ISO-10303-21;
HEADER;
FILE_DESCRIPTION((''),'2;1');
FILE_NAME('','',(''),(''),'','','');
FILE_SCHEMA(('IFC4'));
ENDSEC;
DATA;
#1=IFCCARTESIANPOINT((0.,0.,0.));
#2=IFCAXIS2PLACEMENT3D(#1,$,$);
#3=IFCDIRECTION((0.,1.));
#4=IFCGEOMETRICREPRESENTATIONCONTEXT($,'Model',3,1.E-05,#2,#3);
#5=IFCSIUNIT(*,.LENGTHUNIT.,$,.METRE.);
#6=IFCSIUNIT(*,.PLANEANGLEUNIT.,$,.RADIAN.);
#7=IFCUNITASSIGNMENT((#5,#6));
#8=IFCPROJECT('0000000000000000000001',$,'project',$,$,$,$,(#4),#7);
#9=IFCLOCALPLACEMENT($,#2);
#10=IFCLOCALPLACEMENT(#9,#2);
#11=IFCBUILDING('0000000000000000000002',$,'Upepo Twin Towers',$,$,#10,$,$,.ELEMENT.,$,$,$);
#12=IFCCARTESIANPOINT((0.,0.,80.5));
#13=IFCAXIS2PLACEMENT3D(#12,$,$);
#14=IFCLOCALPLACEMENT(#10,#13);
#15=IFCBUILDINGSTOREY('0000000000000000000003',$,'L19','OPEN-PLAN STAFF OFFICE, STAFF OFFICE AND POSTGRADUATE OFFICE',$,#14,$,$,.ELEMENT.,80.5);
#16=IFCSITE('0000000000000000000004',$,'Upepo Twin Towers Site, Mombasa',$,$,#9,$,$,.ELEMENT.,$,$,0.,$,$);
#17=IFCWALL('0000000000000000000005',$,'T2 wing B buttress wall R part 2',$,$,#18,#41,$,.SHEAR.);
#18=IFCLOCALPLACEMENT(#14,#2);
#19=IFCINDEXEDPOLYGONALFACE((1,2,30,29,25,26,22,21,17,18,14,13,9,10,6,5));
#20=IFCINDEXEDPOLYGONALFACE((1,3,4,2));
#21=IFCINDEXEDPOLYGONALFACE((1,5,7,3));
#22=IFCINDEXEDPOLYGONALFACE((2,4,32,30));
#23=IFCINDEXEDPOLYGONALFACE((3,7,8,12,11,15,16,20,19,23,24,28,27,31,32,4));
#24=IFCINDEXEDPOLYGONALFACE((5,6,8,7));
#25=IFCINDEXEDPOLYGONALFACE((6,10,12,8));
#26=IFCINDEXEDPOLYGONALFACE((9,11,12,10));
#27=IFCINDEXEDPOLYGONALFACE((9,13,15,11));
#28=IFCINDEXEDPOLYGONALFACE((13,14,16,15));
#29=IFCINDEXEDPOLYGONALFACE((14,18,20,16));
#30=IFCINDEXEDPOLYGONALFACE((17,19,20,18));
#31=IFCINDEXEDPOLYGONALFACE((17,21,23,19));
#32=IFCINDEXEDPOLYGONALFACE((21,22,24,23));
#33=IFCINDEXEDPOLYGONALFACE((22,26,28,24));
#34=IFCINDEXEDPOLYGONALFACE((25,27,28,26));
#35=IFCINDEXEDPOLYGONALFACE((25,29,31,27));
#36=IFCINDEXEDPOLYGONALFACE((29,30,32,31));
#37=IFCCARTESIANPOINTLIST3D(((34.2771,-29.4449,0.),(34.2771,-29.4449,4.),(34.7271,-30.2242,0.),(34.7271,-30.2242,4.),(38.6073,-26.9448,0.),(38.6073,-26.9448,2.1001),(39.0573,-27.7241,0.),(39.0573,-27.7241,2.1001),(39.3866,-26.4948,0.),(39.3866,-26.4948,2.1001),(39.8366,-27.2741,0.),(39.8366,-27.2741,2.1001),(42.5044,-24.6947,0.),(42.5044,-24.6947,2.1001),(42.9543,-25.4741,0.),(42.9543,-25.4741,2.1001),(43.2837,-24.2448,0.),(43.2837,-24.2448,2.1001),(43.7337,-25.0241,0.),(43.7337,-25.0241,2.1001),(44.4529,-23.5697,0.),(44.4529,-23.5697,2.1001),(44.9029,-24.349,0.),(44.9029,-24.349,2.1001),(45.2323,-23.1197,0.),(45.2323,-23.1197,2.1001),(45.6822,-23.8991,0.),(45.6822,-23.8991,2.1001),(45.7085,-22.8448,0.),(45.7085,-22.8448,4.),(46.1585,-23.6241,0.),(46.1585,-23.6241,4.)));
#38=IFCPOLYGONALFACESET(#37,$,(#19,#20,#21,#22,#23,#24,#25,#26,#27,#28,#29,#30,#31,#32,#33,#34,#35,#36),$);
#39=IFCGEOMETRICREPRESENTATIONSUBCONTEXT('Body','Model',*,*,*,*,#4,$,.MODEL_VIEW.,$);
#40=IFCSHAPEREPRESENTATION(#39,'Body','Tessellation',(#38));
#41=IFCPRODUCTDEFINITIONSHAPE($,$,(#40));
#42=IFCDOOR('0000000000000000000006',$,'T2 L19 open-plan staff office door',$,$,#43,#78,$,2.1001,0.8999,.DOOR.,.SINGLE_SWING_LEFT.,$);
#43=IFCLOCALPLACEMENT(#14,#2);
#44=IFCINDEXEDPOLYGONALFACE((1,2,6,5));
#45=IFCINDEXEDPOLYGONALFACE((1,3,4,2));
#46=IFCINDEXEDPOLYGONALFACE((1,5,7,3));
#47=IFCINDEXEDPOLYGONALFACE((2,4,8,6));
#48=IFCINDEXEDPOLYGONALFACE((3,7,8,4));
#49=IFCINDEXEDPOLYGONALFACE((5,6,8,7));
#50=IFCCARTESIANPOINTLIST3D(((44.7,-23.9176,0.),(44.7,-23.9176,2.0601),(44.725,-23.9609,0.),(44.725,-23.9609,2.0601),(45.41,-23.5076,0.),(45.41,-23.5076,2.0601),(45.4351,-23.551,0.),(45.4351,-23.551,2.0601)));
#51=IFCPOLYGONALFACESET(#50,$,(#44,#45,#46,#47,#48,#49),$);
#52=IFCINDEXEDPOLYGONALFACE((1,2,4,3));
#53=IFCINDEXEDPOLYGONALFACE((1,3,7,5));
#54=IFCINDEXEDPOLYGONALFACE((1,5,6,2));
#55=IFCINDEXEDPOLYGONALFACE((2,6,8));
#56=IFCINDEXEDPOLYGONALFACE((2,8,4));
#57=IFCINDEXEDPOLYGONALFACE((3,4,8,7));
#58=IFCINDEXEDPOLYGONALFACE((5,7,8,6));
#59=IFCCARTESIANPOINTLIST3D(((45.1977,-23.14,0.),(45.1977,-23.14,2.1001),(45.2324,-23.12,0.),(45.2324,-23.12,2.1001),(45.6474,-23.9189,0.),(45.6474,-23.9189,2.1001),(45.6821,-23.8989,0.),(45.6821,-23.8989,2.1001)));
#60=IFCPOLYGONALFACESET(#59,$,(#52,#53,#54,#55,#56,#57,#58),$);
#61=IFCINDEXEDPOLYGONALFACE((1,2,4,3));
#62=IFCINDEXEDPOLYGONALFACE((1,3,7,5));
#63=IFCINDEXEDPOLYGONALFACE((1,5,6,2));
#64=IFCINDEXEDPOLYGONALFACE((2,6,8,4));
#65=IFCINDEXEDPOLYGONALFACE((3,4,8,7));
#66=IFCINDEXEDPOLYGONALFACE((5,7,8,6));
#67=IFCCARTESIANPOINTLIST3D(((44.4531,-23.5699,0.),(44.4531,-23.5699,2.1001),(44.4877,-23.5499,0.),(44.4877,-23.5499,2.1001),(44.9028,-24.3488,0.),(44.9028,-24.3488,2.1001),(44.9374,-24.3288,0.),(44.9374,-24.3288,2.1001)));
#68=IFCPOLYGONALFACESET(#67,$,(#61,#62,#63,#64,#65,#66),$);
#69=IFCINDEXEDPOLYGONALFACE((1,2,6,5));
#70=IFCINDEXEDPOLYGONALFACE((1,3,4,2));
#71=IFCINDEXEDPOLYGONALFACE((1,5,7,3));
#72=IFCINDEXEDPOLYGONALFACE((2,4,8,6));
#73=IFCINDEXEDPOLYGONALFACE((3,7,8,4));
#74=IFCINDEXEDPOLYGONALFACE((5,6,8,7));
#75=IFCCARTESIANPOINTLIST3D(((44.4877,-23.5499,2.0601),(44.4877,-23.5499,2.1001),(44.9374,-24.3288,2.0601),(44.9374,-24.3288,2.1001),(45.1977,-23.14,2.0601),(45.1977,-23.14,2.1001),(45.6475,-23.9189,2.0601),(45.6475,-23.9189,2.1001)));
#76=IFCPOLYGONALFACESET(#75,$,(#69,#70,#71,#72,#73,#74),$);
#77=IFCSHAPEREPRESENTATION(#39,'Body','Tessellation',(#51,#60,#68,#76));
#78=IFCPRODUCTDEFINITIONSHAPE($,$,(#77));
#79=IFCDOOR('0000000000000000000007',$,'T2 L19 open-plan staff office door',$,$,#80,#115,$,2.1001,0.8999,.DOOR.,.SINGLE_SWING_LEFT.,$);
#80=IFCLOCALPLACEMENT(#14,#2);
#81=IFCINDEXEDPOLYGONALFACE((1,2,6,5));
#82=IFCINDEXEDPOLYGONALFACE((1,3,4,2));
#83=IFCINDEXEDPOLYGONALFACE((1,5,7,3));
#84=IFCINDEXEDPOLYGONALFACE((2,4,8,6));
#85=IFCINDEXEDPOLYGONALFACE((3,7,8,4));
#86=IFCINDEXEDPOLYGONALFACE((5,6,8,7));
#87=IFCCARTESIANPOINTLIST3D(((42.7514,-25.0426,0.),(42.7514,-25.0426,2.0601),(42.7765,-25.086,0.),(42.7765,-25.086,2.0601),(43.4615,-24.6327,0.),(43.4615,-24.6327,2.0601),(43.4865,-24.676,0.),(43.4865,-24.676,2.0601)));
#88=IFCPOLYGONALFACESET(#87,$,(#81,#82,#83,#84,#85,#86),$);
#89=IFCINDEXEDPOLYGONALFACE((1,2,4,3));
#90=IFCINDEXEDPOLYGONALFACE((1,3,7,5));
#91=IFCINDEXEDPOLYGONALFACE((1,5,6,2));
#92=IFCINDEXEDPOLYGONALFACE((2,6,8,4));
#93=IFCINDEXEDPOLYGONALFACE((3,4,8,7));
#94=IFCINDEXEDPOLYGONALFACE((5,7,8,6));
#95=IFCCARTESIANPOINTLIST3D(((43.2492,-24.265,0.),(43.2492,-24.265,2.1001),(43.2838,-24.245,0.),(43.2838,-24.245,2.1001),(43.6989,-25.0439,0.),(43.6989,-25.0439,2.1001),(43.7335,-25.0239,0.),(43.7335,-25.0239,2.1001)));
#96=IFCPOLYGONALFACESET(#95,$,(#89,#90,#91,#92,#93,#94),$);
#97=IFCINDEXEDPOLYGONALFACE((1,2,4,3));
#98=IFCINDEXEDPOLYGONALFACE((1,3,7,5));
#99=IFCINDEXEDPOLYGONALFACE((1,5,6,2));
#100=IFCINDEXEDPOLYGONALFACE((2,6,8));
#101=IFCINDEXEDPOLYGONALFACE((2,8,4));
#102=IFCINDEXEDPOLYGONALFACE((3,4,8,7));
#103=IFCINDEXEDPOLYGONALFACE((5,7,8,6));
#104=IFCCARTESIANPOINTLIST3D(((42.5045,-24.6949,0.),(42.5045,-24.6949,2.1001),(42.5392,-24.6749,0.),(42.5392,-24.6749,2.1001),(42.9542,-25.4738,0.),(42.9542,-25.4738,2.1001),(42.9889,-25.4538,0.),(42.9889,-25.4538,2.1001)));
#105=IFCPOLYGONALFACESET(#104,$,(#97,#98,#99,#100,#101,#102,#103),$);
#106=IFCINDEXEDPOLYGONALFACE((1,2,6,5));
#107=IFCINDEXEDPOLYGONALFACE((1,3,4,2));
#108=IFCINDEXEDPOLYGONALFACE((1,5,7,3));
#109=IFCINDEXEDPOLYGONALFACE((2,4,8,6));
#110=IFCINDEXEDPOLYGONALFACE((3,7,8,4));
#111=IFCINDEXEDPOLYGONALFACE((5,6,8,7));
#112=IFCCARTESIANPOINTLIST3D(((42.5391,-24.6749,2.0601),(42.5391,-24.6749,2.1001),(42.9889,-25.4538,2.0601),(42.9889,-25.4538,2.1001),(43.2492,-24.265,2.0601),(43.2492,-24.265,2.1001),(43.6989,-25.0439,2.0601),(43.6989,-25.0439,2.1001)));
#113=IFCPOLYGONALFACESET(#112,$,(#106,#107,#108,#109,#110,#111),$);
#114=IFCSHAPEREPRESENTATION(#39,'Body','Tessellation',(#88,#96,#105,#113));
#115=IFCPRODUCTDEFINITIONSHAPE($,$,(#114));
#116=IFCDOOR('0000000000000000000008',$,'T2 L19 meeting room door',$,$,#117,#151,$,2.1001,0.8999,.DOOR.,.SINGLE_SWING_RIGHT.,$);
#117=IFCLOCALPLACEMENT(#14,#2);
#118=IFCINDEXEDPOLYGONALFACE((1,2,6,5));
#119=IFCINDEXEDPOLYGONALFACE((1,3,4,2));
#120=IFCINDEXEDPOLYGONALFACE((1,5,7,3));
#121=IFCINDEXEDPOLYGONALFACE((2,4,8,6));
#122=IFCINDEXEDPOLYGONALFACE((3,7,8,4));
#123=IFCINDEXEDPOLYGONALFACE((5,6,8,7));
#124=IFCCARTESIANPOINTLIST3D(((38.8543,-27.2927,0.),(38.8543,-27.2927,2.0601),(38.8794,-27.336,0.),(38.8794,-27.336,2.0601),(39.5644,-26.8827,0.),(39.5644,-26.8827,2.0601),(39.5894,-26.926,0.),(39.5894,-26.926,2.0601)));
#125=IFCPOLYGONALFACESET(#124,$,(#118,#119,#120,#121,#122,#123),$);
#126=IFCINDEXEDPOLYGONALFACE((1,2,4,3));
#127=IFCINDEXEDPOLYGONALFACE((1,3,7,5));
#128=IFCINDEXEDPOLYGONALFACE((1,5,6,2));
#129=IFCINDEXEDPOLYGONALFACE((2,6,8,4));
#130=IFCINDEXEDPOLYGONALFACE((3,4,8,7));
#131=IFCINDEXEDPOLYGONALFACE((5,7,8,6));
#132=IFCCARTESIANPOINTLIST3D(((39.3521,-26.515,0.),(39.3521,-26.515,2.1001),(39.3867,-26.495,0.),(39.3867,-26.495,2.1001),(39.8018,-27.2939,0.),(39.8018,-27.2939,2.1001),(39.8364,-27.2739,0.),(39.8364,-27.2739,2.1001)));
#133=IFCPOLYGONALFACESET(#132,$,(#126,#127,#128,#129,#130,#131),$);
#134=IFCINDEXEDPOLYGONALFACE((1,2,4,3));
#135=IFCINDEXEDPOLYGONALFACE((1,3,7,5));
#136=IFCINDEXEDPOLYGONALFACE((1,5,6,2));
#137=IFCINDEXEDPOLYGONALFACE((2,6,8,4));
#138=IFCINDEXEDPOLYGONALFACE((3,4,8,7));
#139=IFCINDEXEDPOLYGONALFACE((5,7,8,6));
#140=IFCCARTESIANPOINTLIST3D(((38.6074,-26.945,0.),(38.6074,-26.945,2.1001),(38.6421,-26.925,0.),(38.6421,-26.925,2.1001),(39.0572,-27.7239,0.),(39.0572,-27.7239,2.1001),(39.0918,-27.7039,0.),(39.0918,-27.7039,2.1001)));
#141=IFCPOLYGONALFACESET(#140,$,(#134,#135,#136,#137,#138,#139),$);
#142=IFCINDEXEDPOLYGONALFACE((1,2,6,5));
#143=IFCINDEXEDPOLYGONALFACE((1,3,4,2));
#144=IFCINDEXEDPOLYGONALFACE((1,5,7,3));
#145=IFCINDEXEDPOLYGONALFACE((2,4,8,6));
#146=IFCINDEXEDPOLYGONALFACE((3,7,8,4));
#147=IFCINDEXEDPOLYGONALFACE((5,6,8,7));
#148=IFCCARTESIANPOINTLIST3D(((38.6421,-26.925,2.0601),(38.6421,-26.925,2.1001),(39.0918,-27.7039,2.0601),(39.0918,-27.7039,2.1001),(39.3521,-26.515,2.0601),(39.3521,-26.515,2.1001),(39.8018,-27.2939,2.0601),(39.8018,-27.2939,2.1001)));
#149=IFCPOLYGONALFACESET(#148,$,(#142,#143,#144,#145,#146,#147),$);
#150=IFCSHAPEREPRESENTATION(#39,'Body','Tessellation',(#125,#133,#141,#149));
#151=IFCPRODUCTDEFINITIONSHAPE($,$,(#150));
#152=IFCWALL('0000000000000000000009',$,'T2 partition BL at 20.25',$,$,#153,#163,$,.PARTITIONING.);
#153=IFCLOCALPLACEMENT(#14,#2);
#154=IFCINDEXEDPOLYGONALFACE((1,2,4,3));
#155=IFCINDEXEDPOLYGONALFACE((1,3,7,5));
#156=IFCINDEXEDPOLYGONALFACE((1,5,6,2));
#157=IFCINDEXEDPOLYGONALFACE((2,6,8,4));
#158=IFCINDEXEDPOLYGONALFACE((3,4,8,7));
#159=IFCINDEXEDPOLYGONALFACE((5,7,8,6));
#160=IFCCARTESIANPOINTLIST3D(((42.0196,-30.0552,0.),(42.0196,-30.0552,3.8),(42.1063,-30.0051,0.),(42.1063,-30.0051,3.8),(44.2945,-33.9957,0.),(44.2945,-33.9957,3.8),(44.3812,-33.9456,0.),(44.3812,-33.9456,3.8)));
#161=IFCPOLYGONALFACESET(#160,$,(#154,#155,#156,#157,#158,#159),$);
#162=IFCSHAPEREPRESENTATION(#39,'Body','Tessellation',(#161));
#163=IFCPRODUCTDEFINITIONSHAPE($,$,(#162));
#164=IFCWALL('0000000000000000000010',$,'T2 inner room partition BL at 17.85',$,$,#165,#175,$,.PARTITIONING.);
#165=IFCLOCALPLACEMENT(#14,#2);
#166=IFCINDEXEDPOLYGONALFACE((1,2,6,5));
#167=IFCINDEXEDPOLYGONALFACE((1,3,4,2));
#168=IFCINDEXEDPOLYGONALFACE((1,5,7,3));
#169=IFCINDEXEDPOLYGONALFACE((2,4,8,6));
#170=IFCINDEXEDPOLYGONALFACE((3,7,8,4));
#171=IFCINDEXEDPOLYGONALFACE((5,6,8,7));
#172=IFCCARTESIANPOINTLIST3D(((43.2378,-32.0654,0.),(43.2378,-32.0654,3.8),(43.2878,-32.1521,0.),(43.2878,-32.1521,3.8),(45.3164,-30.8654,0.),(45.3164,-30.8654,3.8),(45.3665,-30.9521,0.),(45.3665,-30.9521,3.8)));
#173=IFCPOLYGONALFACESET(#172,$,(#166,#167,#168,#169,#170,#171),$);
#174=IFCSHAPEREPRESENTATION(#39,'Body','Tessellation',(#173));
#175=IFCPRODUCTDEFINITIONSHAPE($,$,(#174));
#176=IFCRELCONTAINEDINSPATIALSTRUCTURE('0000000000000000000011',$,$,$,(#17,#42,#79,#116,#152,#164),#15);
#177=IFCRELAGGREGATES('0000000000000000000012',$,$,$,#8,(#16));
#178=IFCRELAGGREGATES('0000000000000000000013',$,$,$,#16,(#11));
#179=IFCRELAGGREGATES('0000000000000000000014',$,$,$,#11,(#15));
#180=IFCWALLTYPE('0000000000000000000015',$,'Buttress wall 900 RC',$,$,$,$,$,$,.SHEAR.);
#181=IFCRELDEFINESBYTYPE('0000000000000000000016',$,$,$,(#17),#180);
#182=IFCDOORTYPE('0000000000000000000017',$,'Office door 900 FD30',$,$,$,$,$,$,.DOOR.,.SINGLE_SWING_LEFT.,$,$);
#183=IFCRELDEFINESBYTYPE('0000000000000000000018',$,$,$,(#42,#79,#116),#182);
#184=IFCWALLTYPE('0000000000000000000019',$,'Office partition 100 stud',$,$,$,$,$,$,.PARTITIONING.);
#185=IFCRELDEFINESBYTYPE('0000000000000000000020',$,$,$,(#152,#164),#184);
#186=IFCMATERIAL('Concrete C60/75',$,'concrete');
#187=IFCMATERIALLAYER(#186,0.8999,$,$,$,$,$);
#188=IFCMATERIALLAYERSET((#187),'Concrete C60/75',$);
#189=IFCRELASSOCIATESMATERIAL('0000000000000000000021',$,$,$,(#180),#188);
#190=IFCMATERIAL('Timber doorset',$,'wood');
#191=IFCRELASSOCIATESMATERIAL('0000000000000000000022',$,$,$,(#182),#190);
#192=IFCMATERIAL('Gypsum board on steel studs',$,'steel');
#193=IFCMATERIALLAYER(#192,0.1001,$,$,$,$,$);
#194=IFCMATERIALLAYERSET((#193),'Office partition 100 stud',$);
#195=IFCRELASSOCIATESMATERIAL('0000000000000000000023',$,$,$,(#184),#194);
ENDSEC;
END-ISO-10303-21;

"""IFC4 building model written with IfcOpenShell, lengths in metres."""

from ifc_helpers import new_model, si_unit, direction, frame, frame_2d, origin, place, context, subcontext, project, spatial, rectangle, extrude, material, layer, layer_set, type_object, element, fill, save


model = new_model("IFC4")

# Units and contexts
model_context = context("Model", 3, precision=1e-05, world=origin(), true_north=direction((0.0, 1.0)))
body_context = subcontext(model_context, "Body", "Model", "MODEL_VIEW")
ifc_project = project(units=[si_unit("LENGTHUNIT", "METRE"), si_unit("PLANEANGLEUNIT", "RADIAN")], contexts=[model_context])

# Site, building, storey
site_placement = place(None, origin())
site = spatial("IfcSite", under=ifc_project, at=site_placement, Name="Upepo Twin Towers Site, Mombasa", CompositionType="ELEMENT", RefElevation=0.0)
building_placement = place(site_placement, origin())
building = spatial("IfcBuilding", under=site, at=building_placement, Name="Upepo Twin Towers", CompositionType="ELEMENT")
storey_placement = place(building_placement, frame((0.0, 0.0, 80.5)))
storey = spatial("IfcBuildingStorey", under=building, at=storey_placement, Name="L19", Description="OPEN-PLAN STAFF OFFICE, STAFF OFFICE AND POSTGRADUATE OFFICE", CompositionType="ELEMENT", Elevation=80.5)

# Wall, openings, doors
ifc_material_1 = material(Name="Concrete C60/75", Category="concrete")
ifc_layer_1 = layer(ifc_material_1, 0.8999)
ifc_layer_set_1 = layer_set([ifc_layer_1], Name="Concrete C60/75")
wall_type_1 = type_object("IfcWallType", Name="Buttress wall 900 RC", PredefinedType="SHEAR", material=ifc_layer_set_1)
ifc_material_2 = material(Name="Timber doorset", Category="wood")
door_type = type_object("IfcDoorType", Name="Office door 900 FD30", OperationType="SINGLE_SWING_LEFT", PredefinedType="DOOR", material=ifc_material_2)
wall_1_placement = place(storey_placement, frame((45.9336, -23.2344, 0.0), z_axis=(0.0, 0.0, 1.0), x_axis=(-0.86602, -0.50001, 0.0)))
wall_1 = element("IfcWall", 1, at=wall_1_placement, inside=storey, type_object=wall_type_1, Name="T2 wing B buttress wall R part 2", PredefinedType="SHEAR", context=body_context, shape_type="SweptSolid", body=[
    extrude(rectangle(XDim=13.2, YDim=0.8999, at=frame_2d((6.6001, 0.0))), origin(), (0.0, 0.0, 1.0), 4.0),
])
opening_1_placement = place(wall_1_placement, frame((0.55, 0.0, 0.0)))
opening_1 = element("IfcOpeningElement", 2, at=opening_1_placement, cuts=wall_1, PredefinedType="OPENING", context=body_context, shape_type="SweptSolid", body=[
    extrude(rectangle(XDim=0.8999, YDim=2.1001, at=frame_2d((0.45, 1.05))), frame((0.0, 0.46, 0.0), z_axis=(0.0, -1.0, 0.0), x_axis=(1.0, 0.0, 0.0)), (0.0, 0.0, 1.0), 0.9199),
])
opening_2_placement = place(wall_1_placement, frame((2.8, 0.0, 0.0)))
opening_2 = element("IfcOpeningElement", 3, at=opening_2_placement, cuts=wall_1, PredefinedType="OPENING", context=body_context, shape_type="SweptSolid", body=[
    extrude(rectangle(XDim=0.8999, YDim=2.1001, at=frame_2d((0.45, 1.05))), frame((0.0, 0.46, 0.0), z_axis=(0.0, -1.0, 0.0), x_axis=(1.0, 0.0, 0.0)), (0.0, 0.0, 1.0), 0.9199),
])
opening_3_placement = place(wall_1_placement, frame((7.3, 0.0, 0.0)))
opening_3 = element("IfcOpeningElement", 4, at=opening_3_placement, cuts=wall_1, PredefinedType="OPENING", context=body_context, shape_type="SweptSolid", body=[
    extrude(rectangle(XDim=0.8999, YDim=2.1001, at=frame_2d((0.45, 1.05))), frame((0.0, 0.46, 0.0), z_axis=(0.0, -1.0, 0.0), x_axis=(1.0, 0.0, 0.0)), (0.0, 0.0, 1.0), 0.9199),
])
door_1_placement = place(opening_1_placement, origin())
door_1 = element("IfcDoor", 5, at=door_1_placement, inside=storey, type_object=door_type, Name="T2 L19 open-plan staff office door", OperationType="SINGLE_SWING_LEFT", OverallHeight=2.1001, OverallWidth=0.8999, PredefinedType="DOOR", context=body_context, shape_type="SweptSolid", body=[
    extrude(rectangle(XDim=0.8199, YDim=2.0601, at=frame_2d((0.45, 1.03))), frame((0.0, 0.0249, 0.0), z_axis=(0.0, -1.0, 0.0), x_axis=(1.0, 0.0, 0.0)), (0.0, 0.0, 1.0), 0.05),
    extrude(rectangle(XDim=0.04, YDim=2.1001, at=frame_2d((0.02, 1.05))), frame((0.0, 0.4497, 0.0), z_axis=(0.0, -1.0, 0.0), x_axis=(1.0, 0.0, 0.0)), (0.0, 0.0, 1.0), 0.8994),
    extrude(rectangle(XDim=0.04, YDim=2.1001, at=frame_2d((0.8799, 1.05))), frame((0.0, 0.4497, 0.0), z_axis=(0.0, -1.0, 0.0), x_axis=(1.0, 0.0, 0.0)), (0.0, 0.0, 1.0), 0.8994),
    extrude(rectangle(XDim=0.8199, YDim=0.04, at=frame_2d((0.45, 2.0801))), frame((0.0, 0.4497, 0.0), z_axis=(0.0, -1.0, 0.0), x_axis=(1.0, 0.0, 0.0)), (0.0, 0.0, 1.0), 0.8994),
])
fill(opening_1, door_1)
door_2_placement = place(opening_2_placement, origin())
door_2 = element("IfcDoor", 6, at=door_2_placement, inside=storey, type_object=door_type, Name="T2 L19 open-plan staff office door", OperationType="SINGLE_SWING_LEFT", OverallHeight=2.1001, OverallWidth=0.8999, PredefinedType="DOOR", context=body_context, shape_type="SweptSolid", body=[
    extrude(rectangle(XDim=0.8199, YDim=2.0601, at=frame_2d((0.45, 1.03))), frame((0.0, 0.0249, 0.0), z_axis=(0.0, -1.0, 0.0), x_axis=(1.0, 0.0, 0.0)), (0.0, 0.0, 1.0), 0.05),
    extrude(rectangle(XDim=0.04, YDim=2.1001, at=frame_2d((0.02, 1.05))), frame((0.0, 0.4497, 0.0), z_axis=(0.0, -1.0, 0.0), x_axis=(1.0, 0.0, 0.0)), (0.0, 0.0, 1.0), 0.8994),
    extrude(rectangle(XDim=0.04, YDim=2.1001, at=frame_2d((0.8799, 1.05))), frame((0.0, 0.4497, 0.0), z_axis=(0.0, -1.0, 0.0), x_axis=(1.0, 0.0, 0.0)), (0.0, 0.0, 1.0), 0.8994),
    extrude(rectangle(XDim=0.8199, YDim=0.04, at=frame_2d((0.45, 2.0801))), frame((0.0, 0.4497, 0.0), z_axis=(0.0, -1.0, 0.0), x_axis=(1.0, 0.0, 0.0)), (0.0, 0.0, 1.0), 0.8994),
])
fill(opening_2, door_2)
door_3_placement = place(opening_3_placement, origin())
door_3 = element("IfcDoor", 7, at=door_3_placement, inside=storey, type_object=door_type, Name="T2 L19 meeting room door", OperationType="SINGLE_SWING_RIGHT", OverallHeight=2.1001, OverallWidth=0.8999, PredefinedType="DOOR", context=body_context, shape_type="SweptSolid", body=[
    extrude(rectangle(XDim=0.8199, YDim=2.0601, at=frame_2d((0.45, 1.03))), frame((0.0, 0.0249, 0.0), z_axis=(0.0, -1.0, 0.0), x_axis=(1.0, 0.0, 0.0)), (0.0, 0.0, 1.0), 0.05),
    extrude(rectangle(XDim=0.04, YDim=2.1001, at=frame_2d((0.02, 1.05))), frame((0.0, 0.4497, 0.0), z_axis=(0.0, -1.0, 0.0), x_axis=(1.0, 0.0, 0.0)), (0.0, 0.0, 1.0), 0.8994),
    extrude(rectangle(XDim=0.04, YDim=2.1001, at=frame_2d((0.8799, 1.05))), frame((0.0, 0.4497, 0.0), z_axis=(0.0, -1.0, 0.0), x_axis=(1.0, 0.0, 0.0)), (0.0, 0.0, 1.0), 0.8994),
    extrude(rectangle(XDim=0.8199, YDim=0.04, at=frame_2d((0.45, 2.0801))), frame((0.0, 0.4497, 0.0), z_axis=(0.0, -1.0, 0.0), x_axis=(1.0, 0.0, 0.0)), (0.0, 0.0, 1.0), 0.8994),
])
fill(opening_3, door_3)

# Walls
ifc_material_3 = material(Name="Gypsum board on steel studs", Category="steel")
ifc_layer_2 = layer(ifc_material_3, 0.1001)
ifc_layer_set_2 = layer_set([ifc_layer_2], Name="Office partition 100 stud")
wall_type_2 = type_object("IfcWallType", Name="Office partition 100 stud", PredefinedType="PARTITIONING", material=ifc_layer_set_2)
wall_2_placement = place(storey_placement, frame((42.063, -30.0303, 0.0), z_axis=(0.0, 0.0, 1.0), x_axis=(0.499983, -0.866035, 0.0)))
element("IfcWall", 8, at=wall_2_placement, inside=storey, type_object=wall_type_2, Name="T2 partition BL at 20.25", PredefinedType="PARTITIONING", context=body_context, shape_type="SweptSolid", body=[
    extrude(rectangle(XDim=4.55, YDim=0.1001, at=frame_2d((2.2749, 0.0))), origin(), (0.0, 0.0, 1.0), 3.8),
])
wall_3_placement = place(storey_placement, frame((45.3416, -30.9087, 0.0), z_axis=(0.0, 0.0, 1.0), x_axis=(-0.86605, -0.499957, 0.0)))
element("IfcWall", 9, at=wall_3_placement, inside=storey, type_object=wall_type_2, Name="T2 inner room partition BL at 17.85", PredefinedType="PARTITIONING", context=body_context, shape_type="SweptSolid", body=[
    extrude(rectangle(XDim=2.4001, YDim=0.1001, at=frame_2d((1.2002, 0.0))), origin(), (0.0, 0.0, 1.0), 3.8),
])

save(model, "model.ifc")
